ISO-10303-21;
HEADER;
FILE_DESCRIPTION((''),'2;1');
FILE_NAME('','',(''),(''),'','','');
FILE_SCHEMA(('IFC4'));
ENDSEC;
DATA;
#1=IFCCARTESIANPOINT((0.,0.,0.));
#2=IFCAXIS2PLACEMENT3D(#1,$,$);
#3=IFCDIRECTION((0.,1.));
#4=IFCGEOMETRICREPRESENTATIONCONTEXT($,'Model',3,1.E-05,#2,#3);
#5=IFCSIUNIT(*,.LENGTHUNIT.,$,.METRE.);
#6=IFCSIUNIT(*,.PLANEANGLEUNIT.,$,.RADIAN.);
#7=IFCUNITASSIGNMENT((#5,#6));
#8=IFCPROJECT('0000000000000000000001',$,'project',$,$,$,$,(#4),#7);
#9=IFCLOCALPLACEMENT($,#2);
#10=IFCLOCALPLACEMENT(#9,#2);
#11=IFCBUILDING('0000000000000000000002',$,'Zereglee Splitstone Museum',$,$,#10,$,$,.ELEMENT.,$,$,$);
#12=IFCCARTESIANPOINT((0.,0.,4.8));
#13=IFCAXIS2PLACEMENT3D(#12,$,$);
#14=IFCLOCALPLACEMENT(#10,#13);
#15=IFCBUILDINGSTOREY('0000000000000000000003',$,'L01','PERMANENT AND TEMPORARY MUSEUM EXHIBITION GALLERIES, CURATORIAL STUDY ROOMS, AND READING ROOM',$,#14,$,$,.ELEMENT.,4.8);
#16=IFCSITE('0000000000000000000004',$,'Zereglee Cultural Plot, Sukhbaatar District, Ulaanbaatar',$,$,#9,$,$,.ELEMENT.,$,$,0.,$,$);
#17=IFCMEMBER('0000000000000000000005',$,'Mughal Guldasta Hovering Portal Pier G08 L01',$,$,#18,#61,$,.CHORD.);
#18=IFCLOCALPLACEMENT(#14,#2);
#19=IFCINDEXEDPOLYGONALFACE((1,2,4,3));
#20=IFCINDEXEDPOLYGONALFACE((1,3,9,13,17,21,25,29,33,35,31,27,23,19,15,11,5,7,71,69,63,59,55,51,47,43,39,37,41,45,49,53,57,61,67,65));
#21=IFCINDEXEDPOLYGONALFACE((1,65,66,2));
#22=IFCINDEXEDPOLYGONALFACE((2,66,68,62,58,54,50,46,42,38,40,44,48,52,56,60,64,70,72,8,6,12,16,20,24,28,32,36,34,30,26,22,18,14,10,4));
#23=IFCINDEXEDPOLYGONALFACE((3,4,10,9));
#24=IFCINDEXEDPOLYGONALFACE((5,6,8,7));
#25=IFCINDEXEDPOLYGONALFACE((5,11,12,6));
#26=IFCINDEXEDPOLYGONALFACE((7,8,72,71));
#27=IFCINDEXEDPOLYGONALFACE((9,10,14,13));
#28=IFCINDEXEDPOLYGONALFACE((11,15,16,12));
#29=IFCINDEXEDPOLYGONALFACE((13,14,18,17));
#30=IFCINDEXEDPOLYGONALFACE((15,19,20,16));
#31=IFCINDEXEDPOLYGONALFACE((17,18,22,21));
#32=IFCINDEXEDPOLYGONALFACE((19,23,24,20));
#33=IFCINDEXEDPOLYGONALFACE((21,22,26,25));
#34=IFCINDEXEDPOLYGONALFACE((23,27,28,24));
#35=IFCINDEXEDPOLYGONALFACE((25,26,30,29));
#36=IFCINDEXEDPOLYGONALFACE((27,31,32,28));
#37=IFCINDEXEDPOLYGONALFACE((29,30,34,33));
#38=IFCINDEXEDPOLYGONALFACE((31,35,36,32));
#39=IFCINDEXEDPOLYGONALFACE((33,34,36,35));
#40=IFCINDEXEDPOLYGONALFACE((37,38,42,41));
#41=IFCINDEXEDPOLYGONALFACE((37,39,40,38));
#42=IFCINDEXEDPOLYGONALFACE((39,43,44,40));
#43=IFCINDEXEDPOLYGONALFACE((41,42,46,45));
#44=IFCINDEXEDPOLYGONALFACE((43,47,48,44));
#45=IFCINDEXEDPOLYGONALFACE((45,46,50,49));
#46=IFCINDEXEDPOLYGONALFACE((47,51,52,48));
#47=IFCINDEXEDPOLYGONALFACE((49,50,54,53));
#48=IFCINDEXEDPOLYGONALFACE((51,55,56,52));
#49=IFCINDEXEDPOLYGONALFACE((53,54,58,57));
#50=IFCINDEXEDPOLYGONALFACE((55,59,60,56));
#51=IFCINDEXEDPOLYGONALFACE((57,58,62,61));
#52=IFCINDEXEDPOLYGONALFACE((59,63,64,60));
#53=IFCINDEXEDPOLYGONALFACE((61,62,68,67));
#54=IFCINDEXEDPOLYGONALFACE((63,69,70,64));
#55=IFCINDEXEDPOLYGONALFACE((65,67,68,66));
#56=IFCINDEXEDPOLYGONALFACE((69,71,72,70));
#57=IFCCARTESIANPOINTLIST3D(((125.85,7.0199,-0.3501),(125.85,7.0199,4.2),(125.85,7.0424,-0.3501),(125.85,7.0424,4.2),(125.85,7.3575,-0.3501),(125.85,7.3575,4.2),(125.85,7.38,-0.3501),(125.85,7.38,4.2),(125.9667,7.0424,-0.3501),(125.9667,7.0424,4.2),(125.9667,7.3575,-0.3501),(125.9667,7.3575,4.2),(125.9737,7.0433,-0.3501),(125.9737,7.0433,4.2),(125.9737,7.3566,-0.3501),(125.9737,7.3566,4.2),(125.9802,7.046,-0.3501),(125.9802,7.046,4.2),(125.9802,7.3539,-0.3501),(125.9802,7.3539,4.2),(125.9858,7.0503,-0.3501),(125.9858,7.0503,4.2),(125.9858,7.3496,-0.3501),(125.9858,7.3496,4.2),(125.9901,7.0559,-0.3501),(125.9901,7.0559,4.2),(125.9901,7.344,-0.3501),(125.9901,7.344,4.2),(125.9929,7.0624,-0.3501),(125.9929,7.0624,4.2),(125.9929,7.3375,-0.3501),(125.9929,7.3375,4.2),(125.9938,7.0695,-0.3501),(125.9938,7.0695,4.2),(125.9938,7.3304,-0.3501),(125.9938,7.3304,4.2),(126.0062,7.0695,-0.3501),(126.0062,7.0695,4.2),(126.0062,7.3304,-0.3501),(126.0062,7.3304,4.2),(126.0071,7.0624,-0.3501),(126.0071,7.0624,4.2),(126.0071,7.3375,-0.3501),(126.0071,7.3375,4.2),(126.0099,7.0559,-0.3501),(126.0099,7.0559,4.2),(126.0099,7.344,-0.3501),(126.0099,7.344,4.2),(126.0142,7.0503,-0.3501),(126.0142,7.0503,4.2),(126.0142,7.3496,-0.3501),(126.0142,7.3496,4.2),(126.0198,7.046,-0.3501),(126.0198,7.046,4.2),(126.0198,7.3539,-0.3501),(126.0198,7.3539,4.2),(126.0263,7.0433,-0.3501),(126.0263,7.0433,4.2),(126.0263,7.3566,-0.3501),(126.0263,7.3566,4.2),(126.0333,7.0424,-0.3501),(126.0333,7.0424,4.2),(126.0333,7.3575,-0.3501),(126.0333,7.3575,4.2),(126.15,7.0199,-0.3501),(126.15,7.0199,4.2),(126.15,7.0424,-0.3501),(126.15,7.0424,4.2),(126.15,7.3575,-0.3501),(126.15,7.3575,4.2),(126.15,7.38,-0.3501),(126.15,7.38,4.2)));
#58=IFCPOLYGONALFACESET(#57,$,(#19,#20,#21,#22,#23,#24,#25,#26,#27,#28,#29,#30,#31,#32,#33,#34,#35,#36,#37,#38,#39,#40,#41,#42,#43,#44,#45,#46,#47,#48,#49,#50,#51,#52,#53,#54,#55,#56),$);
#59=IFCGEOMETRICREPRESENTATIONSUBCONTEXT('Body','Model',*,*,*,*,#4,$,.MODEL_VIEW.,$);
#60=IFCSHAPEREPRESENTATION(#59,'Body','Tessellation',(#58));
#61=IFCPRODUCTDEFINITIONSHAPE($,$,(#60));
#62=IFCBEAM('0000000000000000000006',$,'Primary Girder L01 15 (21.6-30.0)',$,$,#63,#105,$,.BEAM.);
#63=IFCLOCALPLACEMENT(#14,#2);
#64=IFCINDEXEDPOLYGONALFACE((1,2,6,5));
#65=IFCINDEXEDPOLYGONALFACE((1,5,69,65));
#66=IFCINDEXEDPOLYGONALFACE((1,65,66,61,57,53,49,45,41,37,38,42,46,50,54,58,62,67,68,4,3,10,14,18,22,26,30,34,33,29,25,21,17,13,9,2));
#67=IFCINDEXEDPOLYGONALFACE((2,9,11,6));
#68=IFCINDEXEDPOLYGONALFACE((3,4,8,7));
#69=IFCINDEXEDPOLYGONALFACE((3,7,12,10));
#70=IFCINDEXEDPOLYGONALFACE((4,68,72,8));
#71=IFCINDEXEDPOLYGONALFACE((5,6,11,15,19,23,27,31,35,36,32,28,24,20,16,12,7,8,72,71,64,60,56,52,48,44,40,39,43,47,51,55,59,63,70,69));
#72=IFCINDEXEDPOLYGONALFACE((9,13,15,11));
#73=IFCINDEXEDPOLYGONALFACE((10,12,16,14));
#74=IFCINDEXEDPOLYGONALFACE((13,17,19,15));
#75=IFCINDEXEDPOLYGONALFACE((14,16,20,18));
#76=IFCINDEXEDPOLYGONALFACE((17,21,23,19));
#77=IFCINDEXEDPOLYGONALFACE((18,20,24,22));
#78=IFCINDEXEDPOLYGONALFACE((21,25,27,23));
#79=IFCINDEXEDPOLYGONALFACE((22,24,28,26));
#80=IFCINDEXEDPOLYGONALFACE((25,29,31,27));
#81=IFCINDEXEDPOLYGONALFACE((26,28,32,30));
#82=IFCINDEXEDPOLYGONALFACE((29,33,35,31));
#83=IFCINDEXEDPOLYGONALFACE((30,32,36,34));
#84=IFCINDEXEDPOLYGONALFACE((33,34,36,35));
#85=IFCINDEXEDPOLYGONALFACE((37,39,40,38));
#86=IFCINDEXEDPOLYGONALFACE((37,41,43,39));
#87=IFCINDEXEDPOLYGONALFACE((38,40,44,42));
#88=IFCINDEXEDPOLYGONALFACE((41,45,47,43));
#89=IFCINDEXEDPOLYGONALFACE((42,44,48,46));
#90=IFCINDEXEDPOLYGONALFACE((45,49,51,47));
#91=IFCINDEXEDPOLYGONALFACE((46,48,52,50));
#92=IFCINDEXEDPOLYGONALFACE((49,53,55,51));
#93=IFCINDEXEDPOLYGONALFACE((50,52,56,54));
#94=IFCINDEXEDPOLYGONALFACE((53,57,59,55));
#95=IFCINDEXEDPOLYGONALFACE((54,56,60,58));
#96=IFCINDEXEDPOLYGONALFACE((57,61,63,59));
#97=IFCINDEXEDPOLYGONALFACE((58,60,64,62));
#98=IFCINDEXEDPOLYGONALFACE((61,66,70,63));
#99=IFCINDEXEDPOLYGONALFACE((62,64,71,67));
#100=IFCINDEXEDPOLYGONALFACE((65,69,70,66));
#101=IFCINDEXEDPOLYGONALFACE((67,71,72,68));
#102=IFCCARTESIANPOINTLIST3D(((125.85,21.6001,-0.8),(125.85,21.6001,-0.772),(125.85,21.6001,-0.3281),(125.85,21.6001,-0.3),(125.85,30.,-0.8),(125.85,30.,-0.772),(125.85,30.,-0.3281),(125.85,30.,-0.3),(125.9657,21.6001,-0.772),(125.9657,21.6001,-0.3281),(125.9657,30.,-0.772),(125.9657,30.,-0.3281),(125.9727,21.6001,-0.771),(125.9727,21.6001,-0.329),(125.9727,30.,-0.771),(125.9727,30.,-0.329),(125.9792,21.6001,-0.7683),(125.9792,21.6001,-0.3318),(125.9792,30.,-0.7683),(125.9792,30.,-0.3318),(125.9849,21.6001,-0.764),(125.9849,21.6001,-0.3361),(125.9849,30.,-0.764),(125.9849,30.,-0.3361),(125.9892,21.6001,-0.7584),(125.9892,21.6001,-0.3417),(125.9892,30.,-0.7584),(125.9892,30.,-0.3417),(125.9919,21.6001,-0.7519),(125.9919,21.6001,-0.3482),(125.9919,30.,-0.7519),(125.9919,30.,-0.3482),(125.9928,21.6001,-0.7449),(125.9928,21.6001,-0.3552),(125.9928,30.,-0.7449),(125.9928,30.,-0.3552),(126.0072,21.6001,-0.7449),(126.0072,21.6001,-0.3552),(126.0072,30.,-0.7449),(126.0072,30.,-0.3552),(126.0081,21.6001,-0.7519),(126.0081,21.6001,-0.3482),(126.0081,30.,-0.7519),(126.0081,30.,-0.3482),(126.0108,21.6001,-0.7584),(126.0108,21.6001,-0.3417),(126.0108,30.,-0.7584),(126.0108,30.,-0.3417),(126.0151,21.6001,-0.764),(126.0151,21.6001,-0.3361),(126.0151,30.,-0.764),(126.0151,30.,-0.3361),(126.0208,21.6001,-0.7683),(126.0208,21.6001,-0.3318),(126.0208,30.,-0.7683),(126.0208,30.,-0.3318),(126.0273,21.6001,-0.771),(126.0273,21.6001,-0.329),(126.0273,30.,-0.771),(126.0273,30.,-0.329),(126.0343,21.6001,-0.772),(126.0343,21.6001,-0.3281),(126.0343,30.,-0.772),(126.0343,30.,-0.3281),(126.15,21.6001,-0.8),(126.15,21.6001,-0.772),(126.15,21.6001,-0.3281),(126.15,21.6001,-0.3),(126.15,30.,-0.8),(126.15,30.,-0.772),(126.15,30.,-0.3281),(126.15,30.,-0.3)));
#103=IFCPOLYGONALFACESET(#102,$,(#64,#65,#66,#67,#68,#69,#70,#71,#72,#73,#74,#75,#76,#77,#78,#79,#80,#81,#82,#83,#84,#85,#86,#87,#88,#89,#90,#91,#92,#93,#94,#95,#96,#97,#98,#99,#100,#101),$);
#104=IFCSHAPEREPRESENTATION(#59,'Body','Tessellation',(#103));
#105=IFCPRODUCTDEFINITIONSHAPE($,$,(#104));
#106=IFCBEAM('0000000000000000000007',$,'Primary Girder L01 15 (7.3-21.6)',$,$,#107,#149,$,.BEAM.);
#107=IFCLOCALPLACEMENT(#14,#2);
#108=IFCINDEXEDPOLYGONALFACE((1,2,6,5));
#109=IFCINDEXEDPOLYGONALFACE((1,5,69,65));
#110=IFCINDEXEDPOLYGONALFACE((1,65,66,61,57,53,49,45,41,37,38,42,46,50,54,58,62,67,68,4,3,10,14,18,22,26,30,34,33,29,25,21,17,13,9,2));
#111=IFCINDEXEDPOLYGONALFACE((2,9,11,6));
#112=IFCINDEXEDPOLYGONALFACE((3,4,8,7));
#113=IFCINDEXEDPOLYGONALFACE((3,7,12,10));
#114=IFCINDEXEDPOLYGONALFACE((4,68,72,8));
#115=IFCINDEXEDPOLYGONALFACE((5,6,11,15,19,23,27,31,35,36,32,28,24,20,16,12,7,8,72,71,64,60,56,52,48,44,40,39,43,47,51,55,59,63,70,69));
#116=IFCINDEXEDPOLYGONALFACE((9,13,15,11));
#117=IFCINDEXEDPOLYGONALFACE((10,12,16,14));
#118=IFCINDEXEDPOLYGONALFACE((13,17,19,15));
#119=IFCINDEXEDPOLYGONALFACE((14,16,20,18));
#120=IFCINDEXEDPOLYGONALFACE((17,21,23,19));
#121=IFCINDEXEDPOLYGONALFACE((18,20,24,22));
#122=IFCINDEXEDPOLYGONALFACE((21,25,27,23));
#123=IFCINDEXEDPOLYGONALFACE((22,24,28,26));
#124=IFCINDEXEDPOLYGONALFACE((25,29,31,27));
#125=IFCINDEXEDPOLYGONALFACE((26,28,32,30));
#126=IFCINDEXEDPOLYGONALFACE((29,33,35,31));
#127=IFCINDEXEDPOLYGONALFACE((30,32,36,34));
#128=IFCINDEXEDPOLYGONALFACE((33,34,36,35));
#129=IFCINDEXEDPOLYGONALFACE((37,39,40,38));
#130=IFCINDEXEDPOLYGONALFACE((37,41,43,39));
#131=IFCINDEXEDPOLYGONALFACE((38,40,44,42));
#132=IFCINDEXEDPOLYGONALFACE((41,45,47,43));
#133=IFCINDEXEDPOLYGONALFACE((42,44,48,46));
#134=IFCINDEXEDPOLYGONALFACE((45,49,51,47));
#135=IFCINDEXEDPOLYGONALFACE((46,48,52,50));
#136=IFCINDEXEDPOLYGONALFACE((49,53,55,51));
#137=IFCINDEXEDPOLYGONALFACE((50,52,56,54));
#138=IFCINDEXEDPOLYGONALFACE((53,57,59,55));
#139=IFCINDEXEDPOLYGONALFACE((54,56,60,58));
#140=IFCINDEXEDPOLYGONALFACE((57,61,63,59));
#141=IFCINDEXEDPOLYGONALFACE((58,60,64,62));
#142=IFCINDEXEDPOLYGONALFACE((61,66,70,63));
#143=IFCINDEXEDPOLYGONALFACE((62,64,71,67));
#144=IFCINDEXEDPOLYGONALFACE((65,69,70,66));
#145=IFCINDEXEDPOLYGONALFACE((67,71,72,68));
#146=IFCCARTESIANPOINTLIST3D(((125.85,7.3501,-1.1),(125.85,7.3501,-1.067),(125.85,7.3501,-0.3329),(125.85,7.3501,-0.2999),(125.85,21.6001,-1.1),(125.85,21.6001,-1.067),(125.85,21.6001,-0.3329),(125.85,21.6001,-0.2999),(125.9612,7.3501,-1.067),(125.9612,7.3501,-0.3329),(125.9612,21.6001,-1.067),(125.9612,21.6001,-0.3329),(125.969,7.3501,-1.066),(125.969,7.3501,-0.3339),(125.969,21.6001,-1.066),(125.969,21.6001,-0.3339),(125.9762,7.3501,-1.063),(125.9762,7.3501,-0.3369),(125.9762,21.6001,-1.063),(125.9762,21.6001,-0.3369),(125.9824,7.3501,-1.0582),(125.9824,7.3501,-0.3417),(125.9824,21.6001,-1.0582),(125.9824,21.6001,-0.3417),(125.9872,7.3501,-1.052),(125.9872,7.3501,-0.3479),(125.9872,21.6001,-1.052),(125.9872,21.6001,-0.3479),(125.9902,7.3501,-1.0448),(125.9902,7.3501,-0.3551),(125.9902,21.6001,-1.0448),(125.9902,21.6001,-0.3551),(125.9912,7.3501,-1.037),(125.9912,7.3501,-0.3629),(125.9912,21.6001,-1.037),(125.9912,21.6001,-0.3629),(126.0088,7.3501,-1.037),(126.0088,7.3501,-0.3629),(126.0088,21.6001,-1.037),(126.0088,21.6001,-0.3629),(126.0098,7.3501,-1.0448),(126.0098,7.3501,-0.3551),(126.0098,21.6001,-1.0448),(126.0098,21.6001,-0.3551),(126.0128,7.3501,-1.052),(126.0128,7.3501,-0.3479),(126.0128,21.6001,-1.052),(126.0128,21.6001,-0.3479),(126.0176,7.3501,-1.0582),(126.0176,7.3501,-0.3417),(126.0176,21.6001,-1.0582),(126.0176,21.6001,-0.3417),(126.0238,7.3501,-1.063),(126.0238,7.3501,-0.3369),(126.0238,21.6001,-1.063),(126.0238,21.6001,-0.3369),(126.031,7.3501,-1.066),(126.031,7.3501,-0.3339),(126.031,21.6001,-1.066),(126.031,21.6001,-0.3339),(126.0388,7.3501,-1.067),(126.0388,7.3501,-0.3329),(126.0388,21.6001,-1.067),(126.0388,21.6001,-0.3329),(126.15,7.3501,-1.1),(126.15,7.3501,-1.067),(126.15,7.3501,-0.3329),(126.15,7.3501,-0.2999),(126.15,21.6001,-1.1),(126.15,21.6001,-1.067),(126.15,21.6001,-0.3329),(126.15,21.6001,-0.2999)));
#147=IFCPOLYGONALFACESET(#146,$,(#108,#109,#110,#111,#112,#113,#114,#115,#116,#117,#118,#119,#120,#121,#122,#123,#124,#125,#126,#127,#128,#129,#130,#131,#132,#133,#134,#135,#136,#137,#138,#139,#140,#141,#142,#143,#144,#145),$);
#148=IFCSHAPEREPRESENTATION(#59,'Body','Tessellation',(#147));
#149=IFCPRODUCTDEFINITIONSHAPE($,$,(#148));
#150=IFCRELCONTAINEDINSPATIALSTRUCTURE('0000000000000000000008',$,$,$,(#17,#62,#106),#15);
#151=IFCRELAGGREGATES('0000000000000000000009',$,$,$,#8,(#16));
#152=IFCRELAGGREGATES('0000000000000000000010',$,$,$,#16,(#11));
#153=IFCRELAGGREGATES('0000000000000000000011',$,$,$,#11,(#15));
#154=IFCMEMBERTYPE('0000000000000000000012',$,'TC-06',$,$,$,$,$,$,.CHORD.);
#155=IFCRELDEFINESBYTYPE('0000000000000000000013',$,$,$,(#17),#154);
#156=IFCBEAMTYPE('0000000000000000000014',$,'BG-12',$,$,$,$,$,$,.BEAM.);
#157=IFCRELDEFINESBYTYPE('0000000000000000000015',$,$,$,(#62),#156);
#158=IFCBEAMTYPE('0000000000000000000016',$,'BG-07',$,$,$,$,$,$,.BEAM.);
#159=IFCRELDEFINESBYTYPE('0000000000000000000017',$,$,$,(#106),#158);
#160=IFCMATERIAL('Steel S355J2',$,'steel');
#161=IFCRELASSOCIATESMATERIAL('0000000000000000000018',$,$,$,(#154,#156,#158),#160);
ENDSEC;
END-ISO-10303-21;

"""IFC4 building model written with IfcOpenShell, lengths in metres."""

from ifc_helpers import new_model, si_unit, direction, frame, origin, origin_2d, place, context, subcontext, project, spatial, i_section, extrude, material, material_profile, profile_set, type_object, element, save


model = new_model("IFC4")

# Units and contexts
model_context = context("Model", 3, precision=1e-05, world=origin(), true_north=direction((0.0, 1.0)))
body_context = subcontext(model_context, "Body", "Model", "MODEL_VIEW")
ifc_project = project(units=[si_unit("LENGTHUNIT", "METRE"), si_unit("PLANEANGLEUNIT", "RADIAN")], contexts=[model_context])

# Site, building, storey
site_placement = place(None, origin())
site = spatial("IfcSite", under=ifc_project, at=site_placement, Name="Zereglee Cultural Plot, Sukhbaatar District, Ulaanbaatar", CompositionType="ELEMENT", RefElevation=0.0)
building_placement = place(site_placement, origin())
building = spatial("IfcBuilding", under=site, at=building_placement, Name="Zereglee Splitstone Museum", CompositionType="ELEMENT")
storey_placement = place(building_placement, frame((0.0, 0.0, 4.8)))
storey = spatial("IfcBuildingStorey", under=building, at=storey_placement, Name="L01", Description="PERMANENT AND TEMPORARY MUSEUM EXHIBITION GALLERIES, CURATORIAL STUDY ROOMS, AND READING ROOM", CompositionType="ELEMENT", Elevation=4.8)

# Shared definitions
ifc_material_1 = material(Name="Steel S355J2", Category="steel")

# Member
ifc_material_profile_1 = material_profile(ifc_material_1, i_section(OverallWidth=0.3, OverallDepth=0.3601, WebThickness=0.0125, FlangeThickness=0.0225, FilletRadius=0.0271, at=origin_2d()), Name="HE 360 B")
ifc_profile_set_1 = profile_set([ifc_material_profile_1], Name="Steel S355J2")
member_type_1 = type_object("IfcMemberType", Name="TC-06", PredefinedType="CHORD", material=ifc_profile_set_1)
member_1_placement = place(storey_placement, frame((126.0, 7.2, -0.3501), z_axis=(0.0, 0.0, 1.0), x_axis=(1.0, 0.0, 0.0)))
element("IfcMember", 1, at=member_1_placement, inside=storey, type_object=member_type_1, Name="Mughal Guldasta Hovering Portal Pier G08 L01", PredefinedType="CHORD", context=body_context, shape_type="SweptSolid", body=[
    extrude(i_section(OverallWidth=0.3, OverallDepth=0.3601, WebThickness=0.0125, FlangeThickness=0.0225, FilletRadius=0.0271, at=origin_2d()), origin(), (0.0, 0.0, 1.0), 4.55),
])

# Beams
ifc_material_profile_2 = material_profile(ifc_material_1, i_section(OverallWidth=0.3, OverallDepth=0.5, WebThickness=0.0144, FlangeThickness=0.0281, FilletRadius=0.0271, at=origin_2d()), Name="HE 500 B")
ifc_profile_set_2 = profile_set([ifc_material_profile_2], Name="Steel S355J2")
beam_type_1 = type_object("IfcBeamType", Name="BG-12", PredefinedType="BEAM", material=ifc_profile_set_2)
beam_1_placement = place(storey_placement, frame((126.0, 21.6001, -0.55), z_axis=(0.0, 1.0, 0.0), x_axis=(-1.0, 0.0, 0.0)))
element("IfcBeam", 2, at=beam_1_placement, inside=storey, type_object=beam_type_1, Name="Primary Girder L01 15 (21.6-30.0)", PredefinedType="BEAM", context=body_context, shape_type="SweptSolid", body=[
    extrude(i_section(OverallWidth=0.3, OverallDepth=0.5, WebThickness=0.0144, FlangeThickness=0.0281, FilletRadius=0.0271, at=origin_2d()), origin(), (0.0, 0.0, 1.0), 8.3999),
])
ifc_material_profile_3 = material_profile(ifc_material_1, i_section(OverallWidth=0.3, OverallDepth=0.8, WebThickness=0.0176, FlangeThickness=0.033, FilletRadius=0.03, at=origin_2d()), Name="HE 800 B")
ifc_profile_set_3 = profile_set([ifc_material_profile_3], Name="Steel S355J2")
beam_type_2 = type_object("IfcBeamType", Name="BG-07", PredefinedType="BEAM", material=ifc_profile_set_3)
beam_2_placement = place(storey_placement, frame((126.0, 7.3501, -0.7), z_axis=(0.0, 1.0, 0.0), x_axis=(-1.0, 0.0, 0.0)))
element("IfcBeam", 3, at=beam_2_placement, inside=storey, type_object=beam_type_2, Name="Primary Girder L01 15 (7.3-21.6)", PredefinedType="BEAM", context=body_context, shape_type="SweptSolid", body=[
    extrude(i_section(OverallWidth=0.3, OverallDepth=0.8, WebThickness=0.0176, FlangeThickness=0.033, FilletRadius=0.03, at=origin_2d()), origin(), (0.0, 0.0, 1.0), 14.25),
])

save(model, "model.ifc")
